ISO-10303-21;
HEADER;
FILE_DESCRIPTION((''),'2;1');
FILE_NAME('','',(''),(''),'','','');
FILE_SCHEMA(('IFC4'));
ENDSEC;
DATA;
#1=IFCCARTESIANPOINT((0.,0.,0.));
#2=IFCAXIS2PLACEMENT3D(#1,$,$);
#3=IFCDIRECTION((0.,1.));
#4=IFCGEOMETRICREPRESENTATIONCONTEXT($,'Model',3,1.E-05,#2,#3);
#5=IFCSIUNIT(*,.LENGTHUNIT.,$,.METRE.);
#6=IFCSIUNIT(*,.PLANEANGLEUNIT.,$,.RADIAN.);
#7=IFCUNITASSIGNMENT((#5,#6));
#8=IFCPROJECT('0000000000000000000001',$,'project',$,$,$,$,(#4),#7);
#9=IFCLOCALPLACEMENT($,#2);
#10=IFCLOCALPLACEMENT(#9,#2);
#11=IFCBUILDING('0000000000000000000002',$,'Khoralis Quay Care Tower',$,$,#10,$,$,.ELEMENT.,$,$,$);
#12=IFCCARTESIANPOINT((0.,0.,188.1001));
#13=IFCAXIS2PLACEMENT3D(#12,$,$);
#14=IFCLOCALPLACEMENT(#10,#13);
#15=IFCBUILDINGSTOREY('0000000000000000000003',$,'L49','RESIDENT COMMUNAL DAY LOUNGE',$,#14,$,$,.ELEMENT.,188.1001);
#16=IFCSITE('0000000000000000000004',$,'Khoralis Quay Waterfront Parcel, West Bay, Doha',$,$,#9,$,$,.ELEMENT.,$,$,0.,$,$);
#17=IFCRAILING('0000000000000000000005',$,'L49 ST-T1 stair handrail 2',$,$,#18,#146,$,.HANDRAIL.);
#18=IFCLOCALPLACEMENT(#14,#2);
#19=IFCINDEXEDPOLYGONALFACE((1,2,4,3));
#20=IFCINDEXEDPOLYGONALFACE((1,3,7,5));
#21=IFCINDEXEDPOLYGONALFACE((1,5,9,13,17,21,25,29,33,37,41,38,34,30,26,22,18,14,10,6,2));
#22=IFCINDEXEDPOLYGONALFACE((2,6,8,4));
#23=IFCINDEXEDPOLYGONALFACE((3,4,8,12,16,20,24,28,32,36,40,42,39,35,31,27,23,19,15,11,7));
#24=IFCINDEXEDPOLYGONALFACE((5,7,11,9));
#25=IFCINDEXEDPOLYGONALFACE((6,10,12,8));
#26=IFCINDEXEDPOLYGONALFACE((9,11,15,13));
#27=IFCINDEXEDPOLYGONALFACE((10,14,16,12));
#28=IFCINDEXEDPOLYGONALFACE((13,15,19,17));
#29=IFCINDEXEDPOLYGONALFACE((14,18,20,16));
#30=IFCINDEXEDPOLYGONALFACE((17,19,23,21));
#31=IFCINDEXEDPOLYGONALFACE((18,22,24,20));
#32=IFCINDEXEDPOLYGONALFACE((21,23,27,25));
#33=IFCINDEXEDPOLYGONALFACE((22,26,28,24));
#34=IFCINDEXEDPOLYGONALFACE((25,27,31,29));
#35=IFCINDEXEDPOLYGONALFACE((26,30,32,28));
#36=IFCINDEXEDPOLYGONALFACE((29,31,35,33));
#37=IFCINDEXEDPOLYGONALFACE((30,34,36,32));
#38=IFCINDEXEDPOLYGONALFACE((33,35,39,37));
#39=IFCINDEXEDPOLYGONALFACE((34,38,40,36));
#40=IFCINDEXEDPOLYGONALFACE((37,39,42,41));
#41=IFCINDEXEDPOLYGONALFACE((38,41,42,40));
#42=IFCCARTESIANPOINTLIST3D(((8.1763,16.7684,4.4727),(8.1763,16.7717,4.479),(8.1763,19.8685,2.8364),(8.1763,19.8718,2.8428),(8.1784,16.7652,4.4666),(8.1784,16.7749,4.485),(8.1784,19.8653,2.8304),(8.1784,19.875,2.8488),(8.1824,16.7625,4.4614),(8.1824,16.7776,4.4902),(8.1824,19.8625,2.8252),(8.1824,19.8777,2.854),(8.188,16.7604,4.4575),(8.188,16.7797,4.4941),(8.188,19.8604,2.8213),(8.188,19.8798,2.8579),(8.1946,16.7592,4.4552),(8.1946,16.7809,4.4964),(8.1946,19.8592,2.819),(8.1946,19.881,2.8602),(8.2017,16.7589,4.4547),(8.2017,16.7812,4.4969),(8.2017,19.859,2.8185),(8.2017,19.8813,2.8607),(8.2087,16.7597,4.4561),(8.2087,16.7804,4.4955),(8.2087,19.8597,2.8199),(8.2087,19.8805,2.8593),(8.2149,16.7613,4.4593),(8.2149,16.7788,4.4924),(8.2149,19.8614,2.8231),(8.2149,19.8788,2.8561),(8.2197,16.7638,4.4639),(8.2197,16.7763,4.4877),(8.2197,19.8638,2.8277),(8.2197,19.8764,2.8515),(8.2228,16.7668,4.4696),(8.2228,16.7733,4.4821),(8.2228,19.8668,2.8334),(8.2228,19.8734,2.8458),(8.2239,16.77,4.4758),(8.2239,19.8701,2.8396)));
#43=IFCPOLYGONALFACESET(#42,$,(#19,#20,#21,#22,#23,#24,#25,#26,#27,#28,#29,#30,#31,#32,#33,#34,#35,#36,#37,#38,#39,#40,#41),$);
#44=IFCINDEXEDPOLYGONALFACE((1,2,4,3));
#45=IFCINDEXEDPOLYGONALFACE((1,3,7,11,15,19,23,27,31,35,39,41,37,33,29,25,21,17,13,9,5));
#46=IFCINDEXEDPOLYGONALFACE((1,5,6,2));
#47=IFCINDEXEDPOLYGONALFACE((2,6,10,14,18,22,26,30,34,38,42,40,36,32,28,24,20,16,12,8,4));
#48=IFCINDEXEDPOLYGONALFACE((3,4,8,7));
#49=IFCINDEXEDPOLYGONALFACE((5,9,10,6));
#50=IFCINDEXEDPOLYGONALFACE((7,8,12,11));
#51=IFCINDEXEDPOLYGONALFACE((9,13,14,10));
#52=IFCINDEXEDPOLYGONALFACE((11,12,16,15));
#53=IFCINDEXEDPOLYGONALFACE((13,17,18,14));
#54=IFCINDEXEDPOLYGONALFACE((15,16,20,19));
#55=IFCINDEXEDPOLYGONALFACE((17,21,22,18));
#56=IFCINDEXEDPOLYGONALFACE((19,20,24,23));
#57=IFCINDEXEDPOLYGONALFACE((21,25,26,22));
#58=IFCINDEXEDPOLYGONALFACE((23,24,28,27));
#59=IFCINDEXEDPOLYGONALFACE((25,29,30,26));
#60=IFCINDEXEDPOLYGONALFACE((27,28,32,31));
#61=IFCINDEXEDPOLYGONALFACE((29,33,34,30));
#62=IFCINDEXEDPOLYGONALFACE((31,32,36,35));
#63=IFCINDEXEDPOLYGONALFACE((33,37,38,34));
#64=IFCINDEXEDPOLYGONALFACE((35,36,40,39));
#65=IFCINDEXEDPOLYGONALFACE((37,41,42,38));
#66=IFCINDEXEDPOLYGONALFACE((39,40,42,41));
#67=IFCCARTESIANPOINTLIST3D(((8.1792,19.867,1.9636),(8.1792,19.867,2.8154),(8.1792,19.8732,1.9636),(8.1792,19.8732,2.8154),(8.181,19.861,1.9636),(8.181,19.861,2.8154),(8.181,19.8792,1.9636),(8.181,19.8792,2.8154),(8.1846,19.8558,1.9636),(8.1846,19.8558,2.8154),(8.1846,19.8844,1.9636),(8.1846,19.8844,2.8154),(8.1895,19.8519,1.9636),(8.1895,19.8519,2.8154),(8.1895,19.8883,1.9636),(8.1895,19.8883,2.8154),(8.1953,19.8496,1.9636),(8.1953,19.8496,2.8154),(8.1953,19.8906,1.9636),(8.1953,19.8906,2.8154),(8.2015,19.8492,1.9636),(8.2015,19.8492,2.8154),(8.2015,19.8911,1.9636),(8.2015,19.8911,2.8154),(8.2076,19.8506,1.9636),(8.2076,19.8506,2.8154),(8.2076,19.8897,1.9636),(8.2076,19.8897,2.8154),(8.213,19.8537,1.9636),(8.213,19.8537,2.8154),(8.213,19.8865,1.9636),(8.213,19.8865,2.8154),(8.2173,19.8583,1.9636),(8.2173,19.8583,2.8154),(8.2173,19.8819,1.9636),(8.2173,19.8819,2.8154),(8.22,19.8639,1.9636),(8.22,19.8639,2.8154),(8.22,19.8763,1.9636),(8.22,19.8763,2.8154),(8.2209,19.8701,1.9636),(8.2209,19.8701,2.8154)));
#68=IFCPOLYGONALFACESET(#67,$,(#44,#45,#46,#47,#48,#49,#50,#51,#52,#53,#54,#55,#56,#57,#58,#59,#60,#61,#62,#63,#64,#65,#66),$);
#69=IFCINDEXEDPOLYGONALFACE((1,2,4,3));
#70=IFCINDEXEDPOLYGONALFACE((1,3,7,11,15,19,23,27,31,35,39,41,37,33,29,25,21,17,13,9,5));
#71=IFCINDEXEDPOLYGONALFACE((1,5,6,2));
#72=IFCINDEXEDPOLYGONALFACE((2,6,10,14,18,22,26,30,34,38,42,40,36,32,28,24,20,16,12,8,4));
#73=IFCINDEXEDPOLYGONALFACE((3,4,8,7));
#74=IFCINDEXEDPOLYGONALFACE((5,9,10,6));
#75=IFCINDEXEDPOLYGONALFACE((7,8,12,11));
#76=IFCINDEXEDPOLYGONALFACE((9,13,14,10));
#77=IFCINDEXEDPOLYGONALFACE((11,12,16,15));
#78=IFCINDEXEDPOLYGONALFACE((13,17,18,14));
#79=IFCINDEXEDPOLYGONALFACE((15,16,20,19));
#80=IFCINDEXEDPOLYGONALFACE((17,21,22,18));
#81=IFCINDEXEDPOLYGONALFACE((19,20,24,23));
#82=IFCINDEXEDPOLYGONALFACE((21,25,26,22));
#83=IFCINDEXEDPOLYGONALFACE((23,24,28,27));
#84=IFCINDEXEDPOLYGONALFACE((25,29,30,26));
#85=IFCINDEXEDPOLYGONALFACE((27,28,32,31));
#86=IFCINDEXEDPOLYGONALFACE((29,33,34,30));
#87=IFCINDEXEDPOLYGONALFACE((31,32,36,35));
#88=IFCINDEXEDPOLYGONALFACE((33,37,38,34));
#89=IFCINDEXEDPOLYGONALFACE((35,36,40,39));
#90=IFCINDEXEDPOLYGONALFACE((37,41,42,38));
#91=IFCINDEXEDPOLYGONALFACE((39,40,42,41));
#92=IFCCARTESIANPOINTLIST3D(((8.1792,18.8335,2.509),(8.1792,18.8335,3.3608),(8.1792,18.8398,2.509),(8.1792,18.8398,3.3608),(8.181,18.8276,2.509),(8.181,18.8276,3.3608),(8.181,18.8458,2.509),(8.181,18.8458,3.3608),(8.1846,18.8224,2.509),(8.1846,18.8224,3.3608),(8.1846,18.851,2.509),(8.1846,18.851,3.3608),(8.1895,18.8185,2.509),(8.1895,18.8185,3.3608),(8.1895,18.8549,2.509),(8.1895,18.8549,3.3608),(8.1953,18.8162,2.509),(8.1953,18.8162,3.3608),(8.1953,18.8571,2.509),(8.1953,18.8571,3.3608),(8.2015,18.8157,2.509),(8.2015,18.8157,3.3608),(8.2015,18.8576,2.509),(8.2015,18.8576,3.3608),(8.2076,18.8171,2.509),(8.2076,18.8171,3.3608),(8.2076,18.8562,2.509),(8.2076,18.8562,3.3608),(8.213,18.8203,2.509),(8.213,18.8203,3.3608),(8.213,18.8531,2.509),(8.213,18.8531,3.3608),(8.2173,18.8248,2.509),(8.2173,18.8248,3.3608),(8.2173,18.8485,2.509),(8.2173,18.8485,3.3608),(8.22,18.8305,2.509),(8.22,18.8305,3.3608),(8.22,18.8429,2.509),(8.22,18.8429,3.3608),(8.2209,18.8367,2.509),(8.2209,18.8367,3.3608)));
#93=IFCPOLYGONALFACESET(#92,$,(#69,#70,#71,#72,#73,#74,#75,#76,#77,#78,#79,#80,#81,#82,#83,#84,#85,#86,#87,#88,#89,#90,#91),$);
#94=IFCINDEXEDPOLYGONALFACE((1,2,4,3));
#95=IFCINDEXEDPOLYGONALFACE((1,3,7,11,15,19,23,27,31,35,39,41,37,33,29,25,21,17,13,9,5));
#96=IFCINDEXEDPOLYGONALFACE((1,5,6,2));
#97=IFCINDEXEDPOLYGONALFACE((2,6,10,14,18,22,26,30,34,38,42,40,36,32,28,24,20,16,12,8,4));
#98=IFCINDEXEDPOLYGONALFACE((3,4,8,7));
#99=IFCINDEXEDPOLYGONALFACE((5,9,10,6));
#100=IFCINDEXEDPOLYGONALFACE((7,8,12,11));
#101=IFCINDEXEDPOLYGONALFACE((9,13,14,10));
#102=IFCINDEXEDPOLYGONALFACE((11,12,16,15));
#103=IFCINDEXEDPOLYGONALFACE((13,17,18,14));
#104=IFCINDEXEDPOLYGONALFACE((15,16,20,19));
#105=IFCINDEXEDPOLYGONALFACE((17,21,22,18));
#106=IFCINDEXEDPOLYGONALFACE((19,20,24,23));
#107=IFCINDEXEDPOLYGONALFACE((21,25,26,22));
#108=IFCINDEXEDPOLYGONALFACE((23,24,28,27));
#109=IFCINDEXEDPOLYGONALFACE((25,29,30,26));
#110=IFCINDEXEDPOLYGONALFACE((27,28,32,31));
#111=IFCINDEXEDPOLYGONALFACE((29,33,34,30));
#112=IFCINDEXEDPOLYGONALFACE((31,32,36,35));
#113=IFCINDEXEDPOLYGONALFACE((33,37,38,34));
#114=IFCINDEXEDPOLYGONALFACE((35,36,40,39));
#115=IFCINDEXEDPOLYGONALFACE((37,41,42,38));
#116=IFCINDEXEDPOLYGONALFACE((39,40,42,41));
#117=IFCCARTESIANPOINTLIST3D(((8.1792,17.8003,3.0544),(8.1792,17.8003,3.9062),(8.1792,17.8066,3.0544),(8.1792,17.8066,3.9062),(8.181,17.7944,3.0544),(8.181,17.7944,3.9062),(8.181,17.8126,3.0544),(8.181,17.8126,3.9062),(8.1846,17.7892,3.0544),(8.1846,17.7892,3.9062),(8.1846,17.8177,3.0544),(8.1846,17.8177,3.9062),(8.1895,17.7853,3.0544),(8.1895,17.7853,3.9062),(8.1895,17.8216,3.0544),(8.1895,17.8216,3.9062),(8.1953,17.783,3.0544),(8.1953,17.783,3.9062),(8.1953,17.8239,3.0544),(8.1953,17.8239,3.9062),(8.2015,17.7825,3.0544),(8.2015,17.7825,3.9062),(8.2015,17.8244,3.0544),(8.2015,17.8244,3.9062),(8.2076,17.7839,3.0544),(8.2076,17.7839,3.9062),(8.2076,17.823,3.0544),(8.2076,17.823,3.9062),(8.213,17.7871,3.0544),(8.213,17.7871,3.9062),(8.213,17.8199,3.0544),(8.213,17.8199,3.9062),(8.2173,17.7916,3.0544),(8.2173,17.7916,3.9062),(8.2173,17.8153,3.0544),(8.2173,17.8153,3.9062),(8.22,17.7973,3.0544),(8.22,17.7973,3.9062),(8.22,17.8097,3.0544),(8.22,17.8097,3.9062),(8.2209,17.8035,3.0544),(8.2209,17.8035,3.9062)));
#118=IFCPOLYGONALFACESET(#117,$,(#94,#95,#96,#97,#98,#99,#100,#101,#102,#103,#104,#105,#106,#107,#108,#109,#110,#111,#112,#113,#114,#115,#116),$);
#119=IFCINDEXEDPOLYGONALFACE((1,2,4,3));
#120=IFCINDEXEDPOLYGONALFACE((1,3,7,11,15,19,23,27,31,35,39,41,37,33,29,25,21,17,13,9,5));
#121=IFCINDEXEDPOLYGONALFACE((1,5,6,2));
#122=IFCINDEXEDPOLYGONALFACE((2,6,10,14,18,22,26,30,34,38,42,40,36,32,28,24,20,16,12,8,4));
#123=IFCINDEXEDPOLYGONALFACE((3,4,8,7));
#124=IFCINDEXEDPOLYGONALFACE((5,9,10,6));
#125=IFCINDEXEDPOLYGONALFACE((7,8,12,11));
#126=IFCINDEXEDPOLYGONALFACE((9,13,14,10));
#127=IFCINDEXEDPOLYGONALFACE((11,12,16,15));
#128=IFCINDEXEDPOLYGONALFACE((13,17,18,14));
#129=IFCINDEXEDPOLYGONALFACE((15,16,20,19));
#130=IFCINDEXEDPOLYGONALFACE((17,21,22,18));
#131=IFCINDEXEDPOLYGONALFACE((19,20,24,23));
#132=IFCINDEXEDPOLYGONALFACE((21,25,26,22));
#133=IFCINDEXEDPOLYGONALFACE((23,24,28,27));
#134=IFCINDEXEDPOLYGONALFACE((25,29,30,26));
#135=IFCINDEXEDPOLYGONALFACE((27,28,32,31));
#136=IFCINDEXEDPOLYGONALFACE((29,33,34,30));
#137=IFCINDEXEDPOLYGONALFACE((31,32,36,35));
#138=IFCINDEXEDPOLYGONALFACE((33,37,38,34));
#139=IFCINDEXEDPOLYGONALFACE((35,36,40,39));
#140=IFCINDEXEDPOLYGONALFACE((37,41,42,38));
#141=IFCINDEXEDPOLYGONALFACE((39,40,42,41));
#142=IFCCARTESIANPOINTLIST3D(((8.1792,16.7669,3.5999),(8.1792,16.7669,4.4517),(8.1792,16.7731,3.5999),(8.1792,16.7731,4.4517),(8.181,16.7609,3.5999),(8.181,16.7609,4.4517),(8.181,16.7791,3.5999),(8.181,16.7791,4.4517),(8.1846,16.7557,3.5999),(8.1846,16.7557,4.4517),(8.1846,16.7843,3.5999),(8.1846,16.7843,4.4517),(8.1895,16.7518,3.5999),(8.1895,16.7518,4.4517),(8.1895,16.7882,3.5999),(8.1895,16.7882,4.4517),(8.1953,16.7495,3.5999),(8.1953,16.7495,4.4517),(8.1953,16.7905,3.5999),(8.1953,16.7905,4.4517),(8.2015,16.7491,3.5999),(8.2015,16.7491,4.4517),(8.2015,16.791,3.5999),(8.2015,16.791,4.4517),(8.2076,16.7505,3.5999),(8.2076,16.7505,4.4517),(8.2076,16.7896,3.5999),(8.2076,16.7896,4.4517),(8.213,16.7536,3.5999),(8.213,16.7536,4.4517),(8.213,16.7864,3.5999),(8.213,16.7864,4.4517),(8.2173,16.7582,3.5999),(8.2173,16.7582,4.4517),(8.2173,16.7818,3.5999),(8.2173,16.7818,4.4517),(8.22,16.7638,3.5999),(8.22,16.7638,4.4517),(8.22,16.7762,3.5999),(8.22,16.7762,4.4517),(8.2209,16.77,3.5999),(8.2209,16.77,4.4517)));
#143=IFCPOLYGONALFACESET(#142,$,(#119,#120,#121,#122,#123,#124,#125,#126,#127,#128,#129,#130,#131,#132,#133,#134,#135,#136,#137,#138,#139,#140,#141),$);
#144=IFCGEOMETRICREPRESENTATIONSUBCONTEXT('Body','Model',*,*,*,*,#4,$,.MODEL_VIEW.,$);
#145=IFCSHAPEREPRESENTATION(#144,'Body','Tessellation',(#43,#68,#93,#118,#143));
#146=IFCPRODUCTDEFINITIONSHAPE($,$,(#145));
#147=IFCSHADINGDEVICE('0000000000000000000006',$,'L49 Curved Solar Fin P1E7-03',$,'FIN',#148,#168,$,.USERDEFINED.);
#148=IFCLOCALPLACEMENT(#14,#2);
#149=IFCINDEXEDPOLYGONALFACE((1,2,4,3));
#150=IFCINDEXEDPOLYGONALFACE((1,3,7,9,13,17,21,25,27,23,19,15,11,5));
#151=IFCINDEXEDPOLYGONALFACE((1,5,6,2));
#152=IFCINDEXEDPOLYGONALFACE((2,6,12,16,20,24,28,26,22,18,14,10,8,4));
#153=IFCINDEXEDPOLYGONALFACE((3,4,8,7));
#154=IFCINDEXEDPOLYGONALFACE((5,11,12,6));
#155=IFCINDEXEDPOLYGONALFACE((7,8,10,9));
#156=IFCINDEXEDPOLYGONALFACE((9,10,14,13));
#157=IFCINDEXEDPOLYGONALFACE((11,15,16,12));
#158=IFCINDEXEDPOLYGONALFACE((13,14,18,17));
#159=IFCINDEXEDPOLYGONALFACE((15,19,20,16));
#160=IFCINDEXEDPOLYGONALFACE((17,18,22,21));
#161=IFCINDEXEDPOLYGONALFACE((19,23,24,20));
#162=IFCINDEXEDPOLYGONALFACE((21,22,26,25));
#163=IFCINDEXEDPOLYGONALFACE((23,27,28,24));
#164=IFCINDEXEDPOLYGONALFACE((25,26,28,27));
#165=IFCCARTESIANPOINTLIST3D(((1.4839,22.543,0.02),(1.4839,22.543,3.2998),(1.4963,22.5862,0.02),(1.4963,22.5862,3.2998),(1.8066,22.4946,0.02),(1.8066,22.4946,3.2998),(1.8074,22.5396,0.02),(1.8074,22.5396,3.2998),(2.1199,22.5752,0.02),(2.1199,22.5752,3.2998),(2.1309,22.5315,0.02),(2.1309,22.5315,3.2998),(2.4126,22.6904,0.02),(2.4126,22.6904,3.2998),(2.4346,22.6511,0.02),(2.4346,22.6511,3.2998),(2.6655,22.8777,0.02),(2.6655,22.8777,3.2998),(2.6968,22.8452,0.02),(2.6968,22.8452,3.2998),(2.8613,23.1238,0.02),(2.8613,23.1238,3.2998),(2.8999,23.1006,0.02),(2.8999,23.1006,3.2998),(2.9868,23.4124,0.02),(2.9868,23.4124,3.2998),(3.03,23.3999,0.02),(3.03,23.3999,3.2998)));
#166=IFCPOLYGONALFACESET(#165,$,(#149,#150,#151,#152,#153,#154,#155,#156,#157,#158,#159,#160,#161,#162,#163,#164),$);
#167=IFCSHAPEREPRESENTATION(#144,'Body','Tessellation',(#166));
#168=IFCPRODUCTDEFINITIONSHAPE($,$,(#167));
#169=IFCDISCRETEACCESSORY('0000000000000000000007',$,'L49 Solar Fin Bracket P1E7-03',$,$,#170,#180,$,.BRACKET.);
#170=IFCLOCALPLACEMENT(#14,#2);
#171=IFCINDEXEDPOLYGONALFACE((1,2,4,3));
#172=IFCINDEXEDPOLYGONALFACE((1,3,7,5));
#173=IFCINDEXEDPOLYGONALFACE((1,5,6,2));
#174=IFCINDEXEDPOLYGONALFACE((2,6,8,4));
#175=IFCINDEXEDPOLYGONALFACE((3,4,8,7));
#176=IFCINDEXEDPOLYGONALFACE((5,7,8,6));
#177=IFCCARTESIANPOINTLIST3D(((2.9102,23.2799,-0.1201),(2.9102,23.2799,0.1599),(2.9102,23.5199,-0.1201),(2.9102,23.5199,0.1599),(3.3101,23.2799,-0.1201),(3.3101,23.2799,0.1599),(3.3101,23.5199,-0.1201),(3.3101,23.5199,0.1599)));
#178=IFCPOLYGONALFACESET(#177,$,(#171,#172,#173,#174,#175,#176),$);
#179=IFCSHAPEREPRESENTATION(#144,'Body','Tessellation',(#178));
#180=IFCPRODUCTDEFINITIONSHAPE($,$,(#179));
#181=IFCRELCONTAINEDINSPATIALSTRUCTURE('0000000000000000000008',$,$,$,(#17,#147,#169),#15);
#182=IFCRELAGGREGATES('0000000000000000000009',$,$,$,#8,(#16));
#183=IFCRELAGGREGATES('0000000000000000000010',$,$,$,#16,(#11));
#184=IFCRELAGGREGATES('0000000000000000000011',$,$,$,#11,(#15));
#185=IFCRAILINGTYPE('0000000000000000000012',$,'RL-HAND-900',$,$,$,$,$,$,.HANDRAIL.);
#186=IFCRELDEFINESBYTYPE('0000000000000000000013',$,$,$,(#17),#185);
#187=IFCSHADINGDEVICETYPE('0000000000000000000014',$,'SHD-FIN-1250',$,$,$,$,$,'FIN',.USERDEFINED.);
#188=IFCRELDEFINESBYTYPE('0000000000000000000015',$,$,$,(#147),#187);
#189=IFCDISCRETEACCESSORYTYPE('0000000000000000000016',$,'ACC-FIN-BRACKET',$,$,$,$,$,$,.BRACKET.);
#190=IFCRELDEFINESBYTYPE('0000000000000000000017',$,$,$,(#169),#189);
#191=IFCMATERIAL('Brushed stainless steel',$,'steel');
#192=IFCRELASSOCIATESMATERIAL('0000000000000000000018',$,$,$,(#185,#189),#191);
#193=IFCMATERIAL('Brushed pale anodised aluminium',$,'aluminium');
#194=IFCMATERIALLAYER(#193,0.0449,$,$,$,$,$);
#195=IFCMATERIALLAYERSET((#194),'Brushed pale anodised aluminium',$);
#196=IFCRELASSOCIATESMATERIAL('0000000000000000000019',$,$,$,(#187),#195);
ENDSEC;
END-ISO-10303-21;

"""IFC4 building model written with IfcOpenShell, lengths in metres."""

from ifc_helpers import new_model, si_unit, direction, frame, origin, origin_2d, place, context, subcontext, project, spatial, polyline, rectangle, circle, outline, extrude, source, transform, mapped, material, layer, layer_set, type_object, element, save


model = new_model("IFC4")

# Units and contexts
model_context = context("Model", 3, precision=1e-05, world=origin(), true_north=direction((0.0, 1.0)))
body_context = subcontext(model_context, "Body", "Model", "MODEL_VIEW")
ifc_project = project(units=[si_unit("LENGTHUNIT", "METRE"), si_unit("PLANEANGLEUNIT", "RADIAN")], contexts=[model_context])

# Site, building, storey
site_placement = place(None, origin())
site = spatial("IfcSite", under=ifc_project, at=site_placement, Name="Khoralis Quay Waterfront Parcel, West Bay, Doha", CompositionType="ELEMENT", RefElevation=0.0)
building_placement = place(site_placement, origin())
building = spatial("IfcBuilding", under=site, at=building_placement, Name="Khoralis Quay Care Tower", CompositionType="ELEMENT")
storey_placement = place(building_placement, frame((0.0, 0.0, 188.1001)))
storey = spatial("IfcBuildingStorey", under=building, at=storey_placement, Name="L49", Description="RESIDENT COMMUNAL DAY LOUNGE", CompositionType="ELEMENT", Elevation=188.1001)

# Railing
ifc_material_1 = material(Name="Brushed stainless steel", Category="steel")
railing_type_1 = type_object("IfcRailingType", Name="RL-HAND-900", PredefinedType="HANDRAIL", material=ifc_material_1)
railing_1_placement = place(storey_placement, frame((8.2, 19.8701, 1.9636)))
element("IfcRailing", 1, at=railing_1_placement, inside=storey, type_object=railing_type_1, Name="L49 ST-T1 stair handrail 2", PredefinedType="HANDRAIL", context=body_context, shape_type="SweptSolid", body=[
    extrude(circle(Radius=0.0239, at=origin_2d()), frame((0.0, 0.0, 0.876), z_axis=(0.0, -0.884377, 0.466774), x_axis=(1.0, 0.0, 0.0)), (0.0, 0.0, 1.0), 3.5054),
    extrude(circle(Radius=0.021, at=origin_2d()), origin(), (0.0, 0.0, 1.0), 0.8518),
    extrude(circle(Radius=0.021, at=origin_2d()), frame((0.0, -1.0334, 0.5454)), (0.0, 0.0, 1.0), 0.8518),
    extrude(circle(Radius=0.021, at=origin_2d()), frame((0.0, -2.0667, 1.0908)), (0.0, 0.0, 1.0), 0.8518),
    extrude(circle(Radius=0.021, at=origin_2d()), frame((0.0, -3.1001, 1.6362)), (0.0, 0.0, 1.0), 0.8518),
])

# Shading device
ifc_material_2 = material(Name="Brushed pale anodised aluminium", Category="aluminium")
ifc_layer_1 = layer(ifc_material_2, 0.0449)
ifc_layer_set_1 = layer_set([ifc_layer_1], Name="Brushed pale anodised aluminium")
shading_device_type = type_object("IfcShadingDeviceType", Name="SHD-FIN-1250", ElementType="FIN", PredefinedType="USERDEFINED", material=ifc_layer_set_1)
shared_shape_1 = source(origin(), body_context, "Body", "SweptSolid", [
    extrude(outline(polyline([(0.0, 0.0), (0.1301, 0.2993), (0.3333, 0.5547), (0.5955, 0.7488), (0.8992, 0.8684), (1.2234, 0.9053), (1.5461, 0.8569), (1.5337, 0.8137), (1.2227, 0.8604), (0.9102, 0.8247), (0.6174, 0.7095), (0.3645, 0.5222), (0.1687, 0.2761), (0.0432, -0.0125), (0.0, 0.0)])), origin(), (0.0, 0.0, 1.0), 3.2798),
])
shading_device_placement = place(storey_placement, frame((3.03, 23.3999, 0.02), z_axis=(0.0, 0.0, 1.0), x_axis=(-1.0, 0.0, 0.0)))
element("IfcShadingDevice", 2, at=shading_device_placement, inside=storey, type_object=shading_device_type, Name="L49 Curved Solar Fin P1E7-03", ObjectType="FIN", PredefinedType="USERDEFINED", context=body_context, shape_type="MappedRepresentation", body=[
    mapped(shared_shape_1, transform((0.0, 0.0, 0.0), scale=1.0)),
])

# Discrete accessory
discrete_accessory_type = type_object("IfcDiscreteAccessoryType", Name="ACC-FIN-BRACKET", PredefinedType="BRACKET", material=ifc_material_1)
shared_shape_2 = source(origin(), body_context, "Body", "SweptSolid", [
    extrude(rectangle(XDim=0.3999, YDim=0.24, at=origin_2d()), origin(), (0.0, 0.0, 1.0), 0.28),
])
discrete_accessory_placement = place(storey_placement, frame((3.1101, 23.3999, -0.1201), z_axis=(0.0, 0.0, 1.0), x_axis=(-1.0, 0.0, 0.0)))
element("IfcDiscreteAccessory", 3, at=discrete_accessory_placement, inside=storey, type_object=discrete_accessory_type, Name="L49 Solar Fin Bracket P1E7-03", PredefinedType="BRACKET", context=body_context, shape_type="MappedRepresentation", body=[
    mapped(shared_shape_2, transform((0.0, 0.0, 0.0), scale=1.0)),
])

save(model, "model.ifc")
